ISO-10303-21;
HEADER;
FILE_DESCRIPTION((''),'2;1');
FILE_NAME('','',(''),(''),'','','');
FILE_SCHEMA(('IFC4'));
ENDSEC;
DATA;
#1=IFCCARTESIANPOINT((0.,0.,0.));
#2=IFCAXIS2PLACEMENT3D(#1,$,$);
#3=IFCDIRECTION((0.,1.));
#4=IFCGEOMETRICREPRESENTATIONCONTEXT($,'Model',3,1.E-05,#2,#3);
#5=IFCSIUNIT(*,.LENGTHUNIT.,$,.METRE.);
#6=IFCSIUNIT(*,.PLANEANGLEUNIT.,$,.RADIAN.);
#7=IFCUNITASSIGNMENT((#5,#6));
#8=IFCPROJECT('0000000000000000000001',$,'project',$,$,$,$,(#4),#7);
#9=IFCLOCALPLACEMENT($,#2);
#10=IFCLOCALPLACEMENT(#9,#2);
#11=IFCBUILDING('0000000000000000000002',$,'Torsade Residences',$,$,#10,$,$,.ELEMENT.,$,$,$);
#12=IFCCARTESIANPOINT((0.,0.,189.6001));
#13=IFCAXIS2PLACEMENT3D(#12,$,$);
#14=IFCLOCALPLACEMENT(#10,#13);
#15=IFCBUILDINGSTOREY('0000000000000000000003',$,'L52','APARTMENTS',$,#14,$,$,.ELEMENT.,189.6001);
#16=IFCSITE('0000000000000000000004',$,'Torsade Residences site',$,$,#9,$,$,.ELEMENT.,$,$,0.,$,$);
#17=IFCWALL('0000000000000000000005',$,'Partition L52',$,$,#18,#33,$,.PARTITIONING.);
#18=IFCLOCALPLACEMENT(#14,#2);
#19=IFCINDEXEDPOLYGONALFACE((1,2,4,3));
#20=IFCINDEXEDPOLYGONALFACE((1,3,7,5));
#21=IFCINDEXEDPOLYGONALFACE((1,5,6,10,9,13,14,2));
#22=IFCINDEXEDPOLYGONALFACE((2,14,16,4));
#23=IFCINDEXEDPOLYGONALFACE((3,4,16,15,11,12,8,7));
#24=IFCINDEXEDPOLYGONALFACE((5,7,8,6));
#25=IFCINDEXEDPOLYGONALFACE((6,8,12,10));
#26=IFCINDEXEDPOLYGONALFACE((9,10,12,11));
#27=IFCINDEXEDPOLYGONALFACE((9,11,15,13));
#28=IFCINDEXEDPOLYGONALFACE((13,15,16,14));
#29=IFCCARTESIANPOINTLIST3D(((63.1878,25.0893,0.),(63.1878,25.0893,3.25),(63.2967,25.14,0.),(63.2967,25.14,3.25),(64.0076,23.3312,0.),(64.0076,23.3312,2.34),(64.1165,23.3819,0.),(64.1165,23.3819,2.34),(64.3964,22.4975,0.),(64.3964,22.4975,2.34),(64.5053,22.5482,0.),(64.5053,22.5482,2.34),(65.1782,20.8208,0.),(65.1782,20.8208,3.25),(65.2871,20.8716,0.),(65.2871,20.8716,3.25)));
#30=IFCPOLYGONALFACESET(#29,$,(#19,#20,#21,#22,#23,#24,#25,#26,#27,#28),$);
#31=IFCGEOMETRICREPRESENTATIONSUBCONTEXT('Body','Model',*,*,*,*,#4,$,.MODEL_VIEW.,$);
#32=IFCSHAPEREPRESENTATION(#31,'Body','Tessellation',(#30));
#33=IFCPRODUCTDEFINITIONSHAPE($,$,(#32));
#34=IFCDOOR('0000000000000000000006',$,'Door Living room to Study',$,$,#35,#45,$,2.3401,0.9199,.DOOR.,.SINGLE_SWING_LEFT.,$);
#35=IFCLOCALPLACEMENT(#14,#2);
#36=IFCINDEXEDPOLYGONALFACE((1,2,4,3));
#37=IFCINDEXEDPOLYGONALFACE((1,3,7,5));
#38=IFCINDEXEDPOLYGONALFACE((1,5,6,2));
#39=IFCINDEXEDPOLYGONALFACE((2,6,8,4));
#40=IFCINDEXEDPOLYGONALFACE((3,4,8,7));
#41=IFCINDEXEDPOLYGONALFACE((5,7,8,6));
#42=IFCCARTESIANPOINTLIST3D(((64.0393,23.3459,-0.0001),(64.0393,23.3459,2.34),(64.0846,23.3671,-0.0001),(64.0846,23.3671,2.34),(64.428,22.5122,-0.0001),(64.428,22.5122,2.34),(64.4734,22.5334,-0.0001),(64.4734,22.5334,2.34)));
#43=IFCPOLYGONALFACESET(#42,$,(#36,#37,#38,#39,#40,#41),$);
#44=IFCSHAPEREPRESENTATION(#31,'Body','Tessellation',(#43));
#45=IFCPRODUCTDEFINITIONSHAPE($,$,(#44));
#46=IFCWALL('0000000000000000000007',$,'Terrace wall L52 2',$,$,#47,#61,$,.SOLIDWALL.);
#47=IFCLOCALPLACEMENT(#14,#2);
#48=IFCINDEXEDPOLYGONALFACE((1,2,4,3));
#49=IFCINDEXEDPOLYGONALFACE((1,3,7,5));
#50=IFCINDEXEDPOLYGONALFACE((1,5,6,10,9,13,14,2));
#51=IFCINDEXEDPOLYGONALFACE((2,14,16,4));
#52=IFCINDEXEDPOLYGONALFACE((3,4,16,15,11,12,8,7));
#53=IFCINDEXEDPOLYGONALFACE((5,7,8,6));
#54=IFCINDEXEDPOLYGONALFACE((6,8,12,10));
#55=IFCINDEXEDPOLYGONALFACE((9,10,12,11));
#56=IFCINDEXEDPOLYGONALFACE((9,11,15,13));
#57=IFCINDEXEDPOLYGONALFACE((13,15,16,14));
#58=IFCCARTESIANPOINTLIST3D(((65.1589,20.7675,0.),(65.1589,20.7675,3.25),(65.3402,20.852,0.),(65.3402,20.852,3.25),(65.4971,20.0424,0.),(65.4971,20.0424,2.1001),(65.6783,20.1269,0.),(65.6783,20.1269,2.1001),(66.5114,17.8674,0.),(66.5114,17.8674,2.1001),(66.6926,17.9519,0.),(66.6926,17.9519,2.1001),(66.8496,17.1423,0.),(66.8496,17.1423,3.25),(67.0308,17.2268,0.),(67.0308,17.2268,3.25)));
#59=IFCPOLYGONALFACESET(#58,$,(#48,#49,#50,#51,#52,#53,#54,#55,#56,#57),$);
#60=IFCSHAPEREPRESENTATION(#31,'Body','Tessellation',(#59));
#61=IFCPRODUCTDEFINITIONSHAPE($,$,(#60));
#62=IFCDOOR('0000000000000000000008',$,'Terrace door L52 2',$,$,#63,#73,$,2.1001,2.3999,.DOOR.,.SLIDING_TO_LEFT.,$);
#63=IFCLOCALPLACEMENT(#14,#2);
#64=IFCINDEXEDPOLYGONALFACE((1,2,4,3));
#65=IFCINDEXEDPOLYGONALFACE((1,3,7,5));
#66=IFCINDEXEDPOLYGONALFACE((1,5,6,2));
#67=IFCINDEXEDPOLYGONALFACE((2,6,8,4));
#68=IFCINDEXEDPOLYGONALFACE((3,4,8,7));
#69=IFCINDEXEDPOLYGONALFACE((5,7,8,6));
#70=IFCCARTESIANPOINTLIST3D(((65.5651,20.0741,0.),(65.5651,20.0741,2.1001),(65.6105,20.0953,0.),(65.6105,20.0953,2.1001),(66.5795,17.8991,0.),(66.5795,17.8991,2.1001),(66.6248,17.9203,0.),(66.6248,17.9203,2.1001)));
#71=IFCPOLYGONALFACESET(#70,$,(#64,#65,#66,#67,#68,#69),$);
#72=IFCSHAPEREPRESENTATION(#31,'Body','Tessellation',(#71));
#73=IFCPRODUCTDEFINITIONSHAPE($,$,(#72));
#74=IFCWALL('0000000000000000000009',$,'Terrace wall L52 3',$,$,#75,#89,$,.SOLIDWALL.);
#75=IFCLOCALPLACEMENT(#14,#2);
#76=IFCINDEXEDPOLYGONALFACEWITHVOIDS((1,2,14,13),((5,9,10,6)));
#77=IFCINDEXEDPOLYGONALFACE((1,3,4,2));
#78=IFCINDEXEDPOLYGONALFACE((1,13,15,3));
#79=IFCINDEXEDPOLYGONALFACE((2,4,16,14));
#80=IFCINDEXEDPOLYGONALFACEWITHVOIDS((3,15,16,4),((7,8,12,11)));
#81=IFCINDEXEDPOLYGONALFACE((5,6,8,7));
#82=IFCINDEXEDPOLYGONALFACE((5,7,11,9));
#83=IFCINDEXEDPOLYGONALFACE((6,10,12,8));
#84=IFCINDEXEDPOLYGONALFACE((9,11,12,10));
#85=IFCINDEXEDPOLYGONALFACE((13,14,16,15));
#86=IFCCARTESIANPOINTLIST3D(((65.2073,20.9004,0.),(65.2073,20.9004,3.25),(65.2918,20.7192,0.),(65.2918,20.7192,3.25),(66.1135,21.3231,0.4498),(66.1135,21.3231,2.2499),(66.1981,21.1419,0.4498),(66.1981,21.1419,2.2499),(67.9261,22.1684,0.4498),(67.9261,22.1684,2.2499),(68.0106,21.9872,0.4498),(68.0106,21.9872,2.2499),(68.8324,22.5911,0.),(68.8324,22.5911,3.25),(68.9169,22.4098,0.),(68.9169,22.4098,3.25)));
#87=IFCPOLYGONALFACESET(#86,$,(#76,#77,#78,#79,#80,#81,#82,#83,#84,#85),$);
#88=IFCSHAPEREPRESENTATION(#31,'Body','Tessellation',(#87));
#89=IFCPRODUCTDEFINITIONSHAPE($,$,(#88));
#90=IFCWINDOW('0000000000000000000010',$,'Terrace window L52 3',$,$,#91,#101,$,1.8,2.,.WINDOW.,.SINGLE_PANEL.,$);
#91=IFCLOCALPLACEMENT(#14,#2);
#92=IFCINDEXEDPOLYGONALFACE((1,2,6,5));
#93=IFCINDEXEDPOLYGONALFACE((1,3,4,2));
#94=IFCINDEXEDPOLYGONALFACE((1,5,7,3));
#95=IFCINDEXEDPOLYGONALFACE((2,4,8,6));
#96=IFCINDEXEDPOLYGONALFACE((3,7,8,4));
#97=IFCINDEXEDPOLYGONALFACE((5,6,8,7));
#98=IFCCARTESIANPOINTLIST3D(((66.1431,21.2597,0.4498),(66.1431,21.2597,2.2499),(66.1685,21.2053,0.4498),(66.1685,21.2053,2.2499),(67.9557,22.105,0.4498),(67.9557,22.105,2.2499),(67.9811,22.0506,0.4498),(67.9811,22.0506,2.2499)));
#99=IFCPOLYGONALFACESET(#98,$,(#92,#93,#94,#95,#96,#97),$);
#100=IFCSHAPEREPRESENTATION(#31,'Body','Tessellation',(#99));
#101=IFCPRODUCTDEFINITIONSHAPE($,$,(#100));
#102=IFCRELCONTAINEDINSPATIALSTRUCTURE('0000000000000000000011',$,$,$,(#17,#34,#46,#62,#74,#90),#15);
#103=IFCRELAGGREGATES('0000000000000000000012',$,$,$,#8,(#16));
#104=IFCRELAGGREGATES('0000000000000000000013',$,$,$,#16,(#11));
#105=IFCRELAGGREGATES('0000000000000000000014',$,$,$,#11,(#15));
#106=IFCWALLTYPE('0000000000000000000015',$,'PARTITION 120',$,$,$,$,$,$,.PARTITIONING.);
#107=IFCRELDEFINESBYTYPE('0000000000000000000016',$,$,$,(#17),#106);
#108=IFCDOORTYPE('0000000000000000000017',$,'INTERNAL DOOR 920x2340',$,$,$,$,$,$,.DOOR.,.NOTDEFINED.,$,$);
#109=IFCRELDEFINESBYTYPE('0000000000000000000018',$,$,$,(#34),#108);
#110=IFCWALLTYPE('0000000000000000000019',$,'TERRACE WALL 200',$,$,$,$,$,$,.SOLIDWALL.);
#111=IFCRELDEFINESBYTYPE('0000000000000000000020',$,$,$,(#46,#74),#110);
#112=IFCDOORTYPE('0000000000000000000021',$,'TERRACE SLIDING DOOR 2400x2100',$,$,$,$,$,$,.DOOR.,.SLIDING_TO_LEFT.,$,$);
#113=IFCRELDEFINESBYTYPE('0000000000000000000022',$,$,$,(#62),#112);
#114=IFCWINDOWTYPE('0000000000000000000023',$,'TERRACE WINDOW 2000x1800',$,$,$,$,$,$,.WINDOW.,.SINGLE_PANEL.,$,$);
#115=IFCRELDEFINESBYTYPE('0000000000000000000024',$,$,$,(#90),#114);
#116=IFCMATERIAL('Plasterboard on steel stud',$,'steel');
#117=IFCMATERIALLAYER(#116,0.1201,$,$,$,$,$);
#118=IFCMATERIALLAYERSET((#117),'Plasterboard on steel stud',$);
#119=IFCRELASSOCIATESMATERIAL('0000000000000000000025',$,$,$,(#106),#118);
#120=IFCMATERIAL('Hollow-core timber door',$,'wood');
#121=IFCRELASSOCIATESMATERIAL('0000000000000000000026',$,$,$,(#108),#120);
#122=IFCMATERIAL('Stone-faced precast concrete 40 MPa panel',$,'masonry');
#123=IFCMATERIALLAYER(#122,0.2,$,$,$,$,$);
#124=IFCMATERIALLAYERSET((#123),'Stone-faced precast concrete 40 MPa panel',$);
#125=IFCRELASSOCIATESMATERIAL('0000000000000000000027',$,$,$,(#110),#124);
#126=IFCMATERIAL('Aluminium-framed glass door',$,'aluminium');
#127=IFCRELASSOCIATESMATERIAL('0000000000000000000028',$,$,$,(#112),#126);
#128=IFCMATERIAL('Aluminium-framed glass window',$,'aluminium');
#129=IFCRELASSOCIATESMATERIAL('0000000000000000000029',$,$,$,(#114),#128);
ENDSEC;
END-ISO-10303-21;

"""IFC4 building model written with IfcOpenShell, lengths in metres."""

from ifc_helpers import new_model, si_unit, direction, frame, frame_2d, origin, place, context, subcontext, project, spatial, rectangle, extrude, material, layer, layer_set, type_object, element, fill, save


model = new_model("IFC4")

# Units and contexts
model_context = context("Model", 3, precision=1e-05, world=origin(), true_north=direction((0.0, 1.0)))
body_context = subcontext(model_context, "Body", "Model", "MODEL_VIEW")
ifc_project = project(units=[si_unit("LENGTHUNIT", "METRE"), si_unit("PLANEANGLEUNIT", "RADIAN")], contexts=[model_context])

# Site, building, storey
site_placement = place(None, origin())
site = spatial("IfcSite", under=ifc_project, at=site_placement, Name="Torsade Residences site", CompositionType="ELEMENT", RefElevation=0.0)
building_placement = place(site_placement, origin())
building = spatial("IfcBuilding", under=site, at=building_placement, Name="Torsade Residences", CompositionType="ELEMENT")
storey_placement = place(building_placement, frame((0.0, 0.0, 189.6001)))
storey = spatial("IfcBuildingStorey", under=building, at=storey_placement, Name="L52", Description="APARTMENTS", CompositionType="ELEMENT", Elevation=189.6001)

# Shared definitions
ifc_material_1 = material(Name="Plasterboard on steel stud", Category="steel")
ifc_layer_1 = layer(ifc_material_1, 0.1201)
ifc_layer_set_1 = layer_set([ifc_layer_1], Name="Plasterboard on steel stud")
wall_type_1 = type_object("IfcWallType", Name="PARTITION 120", PredefinedType="PARTITIONING", material=ifc_layer_set_1)
ifc_material_2 = material(Name="Hollow-core timber door", Category="wood")
door_type_1 = type_object("IfcDoorType", Name="INTERNAL DOOR 920x2340", OperationType="NOTDEFINED", PredefinedType="DOOR", material=ifc_material_2)

# Walls, openings, doors
wall_1_placement = place(storey_placement, frame((63.2422, 25.1147, 0.0), z_axis=(0.0, 0.0, 1.0), x_axis=(0.422622, -0.906306, 0.0)))
wall_1 = element("IfcWall", 1, at=wall_1_placement, inside=storey, type_object=wall_type_1, Name="Partition L52", PredefinedType="PARTITIONING", context=body_context, shape_type="SweptSolid", body=[
    extrude(rectangle(XDim=4.7097, YDim=0.1201, at=frame_2d((2.355, 0.0))), origin(), (0.0, 0.0, 1.0), 3.25),
])
opening_1_placement = place(wall_1_placement, frame((1.9399, 0.0, 0.0)))
opening_1 = element("IfcOpeningElement", 2, at=opening_1_placement, cuts=wall_1, PredefinedType="OPENING", context=body_context, shape_type="SweptSolid", body=[
    extrude(rectangle(XDim=0.9199, YDim=2.3401, at=frame_2d((0.46, 1.1699))), frame((0.0, 0.0701, 0.0), z_axis=(0.0, -1.0, 0.0), x_axis=(1.0, 0.0, 0.0)), (0.0, 0.0, 1.0), 0.1401),
])
door_1_placement = place(opening_1_placement, origin())
door_1 = element("IfcDoor", 3, at=door_1_placement, inside=storey, type_object=door_type_1, Name="Door Living room to Study", OperationType="SINGLE_SWING_LEFT", OverallHeight=2.3401, OverallWidth=0.9199, PredefinedType="DOOR", context=body_context, shape_type="SweptSolid", body=[
    extrude(rectangle(XDim=0.9199, YDim=2.3401, at=frame_2d((0.46, 1.1699))), frame((0.0, 0.0249, 0.0), z_axis=(0.0, -1.0, 0.0), x_axis=(1.0, 0.0, 0.0)), (0.0, 0.0, 1.0), 0.05),
])
fill(opening_1, door_1)
ifc_material_3 = material(Name="Stone-faced precast concrete 40 MPa panel", Category="masonry")
ifc_layer_2 = layer(ifc_material_3, 0.2)
ifc_layer_set_2 = layer_set([ifc_layer_2], Name="Stone-faced precast concrete 40 MPa panel")
wall_type_2 = type_object("IfcWallType", Name="TERRACE WALL 200", PredefinedType="SOLIDWALL", material=ifc_layer_set_2)
wall_2_placement = place(storey_placement, frame((66.9402, 17.1846, 0.0), z_axis=(0.0, 0.0, 1.0), x_axis=(-0.422658, 0.906289, 0.0)))
wall_2 = element("IfcWall", 4, at=wall_2_placement, inside=storey, type_object=wall_type_2, Name="Terrace wall L52 2", PredefinedType="SOLIDWALL", context=body_context, shape_type="SweptSolid", body=[
    extrude(rectangle(XDim=4.0, YDim=0.2, at=frame_2d((2.0, 0.0))), origin(), (0.0, 0.0, 1.0), 3.25),
])
opening_2_placement = place(wall_2_placement, frame((0.8, 0.0, 0.0)))
opening_2 = element("IfcOpeningElement", 5, at=opening_2_placement, cuts=wall_2, PredefinedType="OPENING", context=body_context, shape_type="SweptSolid", body=[
    extrude(rectangle(XDim=2.3999, YDim=2.1001, at=frame_2d((1.2, 1.05))), frame((0.0, 0.1099, 0.0), z_axis=(0.0, -1.0, 0.0), x_axis=(1.0, 0.0, 0.0)), (0.0, 0.0, 1.0), 0.22),
])
ifc_material_4 = material(Name="Aluminium-framed glass door", Category="aluminium")
door_type_2 = type_object("IfcDoorType", Name="TERRACE SLIDING DOOR 2400x2100", OperationType="SLIDING_TO_LEFT", PredefinedType="DOOR", material=ifc_material_4)
door_2_placement = place(opening_2_placement, origin())
door_2 = element("IfcDoor", 6, at=door_2_placement, inside=storey, type_object=door_type_2, Name="Terrace door L52 2", OperationType="SLIDING_TO_LEFT", OverallHeight=2.1001, OverallWidth=2.3999, PredefinedType="DOOR", context=body_context, shape_type="SweptSolid", body=[
    extrude(rectangle(XDim=2.3999, YDim=2.1001, at=frame_2d((1.2, 1.05))), frame((0.0, 0.0249, 0.0), z_axis=(0.0, -1.0, 0.0), x_axis=(1.0, 0.0, 0.0)), (0.0, 0.0, 1.0), 0.05),
])
fill(opening_2, door_2)

# Wall, opening, window
wall_3_placement = place(storey_placement, frame((65.2495, 20.8098, 0.0), z_axis=(0.0, 0.0, 1.0), x_axis=(0.906289, 0.422658, 0.0)))
wall_3 = element("IfcWall", 7, at=wall_3_placement, inside=storey, type_object=wall_type_2, Name="Terrace wall L52 3", PredefinedType="SOLIDWALL", context=body_context, shape_type="SweptSolid", body=[
    extrude(rectangle(XDim=4.0, YDim=0.2, at=frame_2d((2.0, 0.0))), origin(), (0.0, 0.0, 1.0), 3.25),
])
opening_3_placement = place(wall_3_placement, frame((1.0, 0.0, 0.45)))
opening_3 = element("IfcOpeningElement", 8, at=opening_3_placement, cuts=wall_3, PredefinedType="OPENING", context=body_context, shape_type="SweptSolid", body=[
    extrude(rectangle(XDim=2.0, YDim=1.8, at=frame_2d((1.0, 0.8999))), frame((0.0, 0.1099, 0.0), z_axis=(0.0, -1.0, 0.0), x_axis=(1.0, 0.0, 0.0)), (0.0, 0.0, 1.0), 0.22),
])
ifc_material_5 = material(Name="Aluminium-framed glass window", Category="aluminium")
window_type = type_object("IfcWindowType", Name="TERRACE WINDOW 2000x1800", PartitioningType="SINGLE_PANEL", PredefinedType="WINDOW", material=ifc_material_5)
window_placement = place(opening_3_placement, origin())
window = element("IfcWindow", 9, at=window_placement, inside=storey, type_object=window_type, Name="Terrace window L52 3", OverallHeight=1.8, OverallWidth=2.0, PartitioningType="SINGLE_PANEL", PredefinedType="WINDOW", context=body_context, shape_type="SweptSolid", body=[
    extrude(rectangle(XDim=2.0, YDim=1.8, at=frame_2d((1.0, 0.8999))), frame((0.0, 0.03, 0.0), z_axis=(0.0, -1.0, 0.0), x_axis=(1.0, 0.0, 0.0)), (0.0, 0.0, 1.0), 0.0601),
])
fill(opening_3, window)

save(model, "model.ifc")
